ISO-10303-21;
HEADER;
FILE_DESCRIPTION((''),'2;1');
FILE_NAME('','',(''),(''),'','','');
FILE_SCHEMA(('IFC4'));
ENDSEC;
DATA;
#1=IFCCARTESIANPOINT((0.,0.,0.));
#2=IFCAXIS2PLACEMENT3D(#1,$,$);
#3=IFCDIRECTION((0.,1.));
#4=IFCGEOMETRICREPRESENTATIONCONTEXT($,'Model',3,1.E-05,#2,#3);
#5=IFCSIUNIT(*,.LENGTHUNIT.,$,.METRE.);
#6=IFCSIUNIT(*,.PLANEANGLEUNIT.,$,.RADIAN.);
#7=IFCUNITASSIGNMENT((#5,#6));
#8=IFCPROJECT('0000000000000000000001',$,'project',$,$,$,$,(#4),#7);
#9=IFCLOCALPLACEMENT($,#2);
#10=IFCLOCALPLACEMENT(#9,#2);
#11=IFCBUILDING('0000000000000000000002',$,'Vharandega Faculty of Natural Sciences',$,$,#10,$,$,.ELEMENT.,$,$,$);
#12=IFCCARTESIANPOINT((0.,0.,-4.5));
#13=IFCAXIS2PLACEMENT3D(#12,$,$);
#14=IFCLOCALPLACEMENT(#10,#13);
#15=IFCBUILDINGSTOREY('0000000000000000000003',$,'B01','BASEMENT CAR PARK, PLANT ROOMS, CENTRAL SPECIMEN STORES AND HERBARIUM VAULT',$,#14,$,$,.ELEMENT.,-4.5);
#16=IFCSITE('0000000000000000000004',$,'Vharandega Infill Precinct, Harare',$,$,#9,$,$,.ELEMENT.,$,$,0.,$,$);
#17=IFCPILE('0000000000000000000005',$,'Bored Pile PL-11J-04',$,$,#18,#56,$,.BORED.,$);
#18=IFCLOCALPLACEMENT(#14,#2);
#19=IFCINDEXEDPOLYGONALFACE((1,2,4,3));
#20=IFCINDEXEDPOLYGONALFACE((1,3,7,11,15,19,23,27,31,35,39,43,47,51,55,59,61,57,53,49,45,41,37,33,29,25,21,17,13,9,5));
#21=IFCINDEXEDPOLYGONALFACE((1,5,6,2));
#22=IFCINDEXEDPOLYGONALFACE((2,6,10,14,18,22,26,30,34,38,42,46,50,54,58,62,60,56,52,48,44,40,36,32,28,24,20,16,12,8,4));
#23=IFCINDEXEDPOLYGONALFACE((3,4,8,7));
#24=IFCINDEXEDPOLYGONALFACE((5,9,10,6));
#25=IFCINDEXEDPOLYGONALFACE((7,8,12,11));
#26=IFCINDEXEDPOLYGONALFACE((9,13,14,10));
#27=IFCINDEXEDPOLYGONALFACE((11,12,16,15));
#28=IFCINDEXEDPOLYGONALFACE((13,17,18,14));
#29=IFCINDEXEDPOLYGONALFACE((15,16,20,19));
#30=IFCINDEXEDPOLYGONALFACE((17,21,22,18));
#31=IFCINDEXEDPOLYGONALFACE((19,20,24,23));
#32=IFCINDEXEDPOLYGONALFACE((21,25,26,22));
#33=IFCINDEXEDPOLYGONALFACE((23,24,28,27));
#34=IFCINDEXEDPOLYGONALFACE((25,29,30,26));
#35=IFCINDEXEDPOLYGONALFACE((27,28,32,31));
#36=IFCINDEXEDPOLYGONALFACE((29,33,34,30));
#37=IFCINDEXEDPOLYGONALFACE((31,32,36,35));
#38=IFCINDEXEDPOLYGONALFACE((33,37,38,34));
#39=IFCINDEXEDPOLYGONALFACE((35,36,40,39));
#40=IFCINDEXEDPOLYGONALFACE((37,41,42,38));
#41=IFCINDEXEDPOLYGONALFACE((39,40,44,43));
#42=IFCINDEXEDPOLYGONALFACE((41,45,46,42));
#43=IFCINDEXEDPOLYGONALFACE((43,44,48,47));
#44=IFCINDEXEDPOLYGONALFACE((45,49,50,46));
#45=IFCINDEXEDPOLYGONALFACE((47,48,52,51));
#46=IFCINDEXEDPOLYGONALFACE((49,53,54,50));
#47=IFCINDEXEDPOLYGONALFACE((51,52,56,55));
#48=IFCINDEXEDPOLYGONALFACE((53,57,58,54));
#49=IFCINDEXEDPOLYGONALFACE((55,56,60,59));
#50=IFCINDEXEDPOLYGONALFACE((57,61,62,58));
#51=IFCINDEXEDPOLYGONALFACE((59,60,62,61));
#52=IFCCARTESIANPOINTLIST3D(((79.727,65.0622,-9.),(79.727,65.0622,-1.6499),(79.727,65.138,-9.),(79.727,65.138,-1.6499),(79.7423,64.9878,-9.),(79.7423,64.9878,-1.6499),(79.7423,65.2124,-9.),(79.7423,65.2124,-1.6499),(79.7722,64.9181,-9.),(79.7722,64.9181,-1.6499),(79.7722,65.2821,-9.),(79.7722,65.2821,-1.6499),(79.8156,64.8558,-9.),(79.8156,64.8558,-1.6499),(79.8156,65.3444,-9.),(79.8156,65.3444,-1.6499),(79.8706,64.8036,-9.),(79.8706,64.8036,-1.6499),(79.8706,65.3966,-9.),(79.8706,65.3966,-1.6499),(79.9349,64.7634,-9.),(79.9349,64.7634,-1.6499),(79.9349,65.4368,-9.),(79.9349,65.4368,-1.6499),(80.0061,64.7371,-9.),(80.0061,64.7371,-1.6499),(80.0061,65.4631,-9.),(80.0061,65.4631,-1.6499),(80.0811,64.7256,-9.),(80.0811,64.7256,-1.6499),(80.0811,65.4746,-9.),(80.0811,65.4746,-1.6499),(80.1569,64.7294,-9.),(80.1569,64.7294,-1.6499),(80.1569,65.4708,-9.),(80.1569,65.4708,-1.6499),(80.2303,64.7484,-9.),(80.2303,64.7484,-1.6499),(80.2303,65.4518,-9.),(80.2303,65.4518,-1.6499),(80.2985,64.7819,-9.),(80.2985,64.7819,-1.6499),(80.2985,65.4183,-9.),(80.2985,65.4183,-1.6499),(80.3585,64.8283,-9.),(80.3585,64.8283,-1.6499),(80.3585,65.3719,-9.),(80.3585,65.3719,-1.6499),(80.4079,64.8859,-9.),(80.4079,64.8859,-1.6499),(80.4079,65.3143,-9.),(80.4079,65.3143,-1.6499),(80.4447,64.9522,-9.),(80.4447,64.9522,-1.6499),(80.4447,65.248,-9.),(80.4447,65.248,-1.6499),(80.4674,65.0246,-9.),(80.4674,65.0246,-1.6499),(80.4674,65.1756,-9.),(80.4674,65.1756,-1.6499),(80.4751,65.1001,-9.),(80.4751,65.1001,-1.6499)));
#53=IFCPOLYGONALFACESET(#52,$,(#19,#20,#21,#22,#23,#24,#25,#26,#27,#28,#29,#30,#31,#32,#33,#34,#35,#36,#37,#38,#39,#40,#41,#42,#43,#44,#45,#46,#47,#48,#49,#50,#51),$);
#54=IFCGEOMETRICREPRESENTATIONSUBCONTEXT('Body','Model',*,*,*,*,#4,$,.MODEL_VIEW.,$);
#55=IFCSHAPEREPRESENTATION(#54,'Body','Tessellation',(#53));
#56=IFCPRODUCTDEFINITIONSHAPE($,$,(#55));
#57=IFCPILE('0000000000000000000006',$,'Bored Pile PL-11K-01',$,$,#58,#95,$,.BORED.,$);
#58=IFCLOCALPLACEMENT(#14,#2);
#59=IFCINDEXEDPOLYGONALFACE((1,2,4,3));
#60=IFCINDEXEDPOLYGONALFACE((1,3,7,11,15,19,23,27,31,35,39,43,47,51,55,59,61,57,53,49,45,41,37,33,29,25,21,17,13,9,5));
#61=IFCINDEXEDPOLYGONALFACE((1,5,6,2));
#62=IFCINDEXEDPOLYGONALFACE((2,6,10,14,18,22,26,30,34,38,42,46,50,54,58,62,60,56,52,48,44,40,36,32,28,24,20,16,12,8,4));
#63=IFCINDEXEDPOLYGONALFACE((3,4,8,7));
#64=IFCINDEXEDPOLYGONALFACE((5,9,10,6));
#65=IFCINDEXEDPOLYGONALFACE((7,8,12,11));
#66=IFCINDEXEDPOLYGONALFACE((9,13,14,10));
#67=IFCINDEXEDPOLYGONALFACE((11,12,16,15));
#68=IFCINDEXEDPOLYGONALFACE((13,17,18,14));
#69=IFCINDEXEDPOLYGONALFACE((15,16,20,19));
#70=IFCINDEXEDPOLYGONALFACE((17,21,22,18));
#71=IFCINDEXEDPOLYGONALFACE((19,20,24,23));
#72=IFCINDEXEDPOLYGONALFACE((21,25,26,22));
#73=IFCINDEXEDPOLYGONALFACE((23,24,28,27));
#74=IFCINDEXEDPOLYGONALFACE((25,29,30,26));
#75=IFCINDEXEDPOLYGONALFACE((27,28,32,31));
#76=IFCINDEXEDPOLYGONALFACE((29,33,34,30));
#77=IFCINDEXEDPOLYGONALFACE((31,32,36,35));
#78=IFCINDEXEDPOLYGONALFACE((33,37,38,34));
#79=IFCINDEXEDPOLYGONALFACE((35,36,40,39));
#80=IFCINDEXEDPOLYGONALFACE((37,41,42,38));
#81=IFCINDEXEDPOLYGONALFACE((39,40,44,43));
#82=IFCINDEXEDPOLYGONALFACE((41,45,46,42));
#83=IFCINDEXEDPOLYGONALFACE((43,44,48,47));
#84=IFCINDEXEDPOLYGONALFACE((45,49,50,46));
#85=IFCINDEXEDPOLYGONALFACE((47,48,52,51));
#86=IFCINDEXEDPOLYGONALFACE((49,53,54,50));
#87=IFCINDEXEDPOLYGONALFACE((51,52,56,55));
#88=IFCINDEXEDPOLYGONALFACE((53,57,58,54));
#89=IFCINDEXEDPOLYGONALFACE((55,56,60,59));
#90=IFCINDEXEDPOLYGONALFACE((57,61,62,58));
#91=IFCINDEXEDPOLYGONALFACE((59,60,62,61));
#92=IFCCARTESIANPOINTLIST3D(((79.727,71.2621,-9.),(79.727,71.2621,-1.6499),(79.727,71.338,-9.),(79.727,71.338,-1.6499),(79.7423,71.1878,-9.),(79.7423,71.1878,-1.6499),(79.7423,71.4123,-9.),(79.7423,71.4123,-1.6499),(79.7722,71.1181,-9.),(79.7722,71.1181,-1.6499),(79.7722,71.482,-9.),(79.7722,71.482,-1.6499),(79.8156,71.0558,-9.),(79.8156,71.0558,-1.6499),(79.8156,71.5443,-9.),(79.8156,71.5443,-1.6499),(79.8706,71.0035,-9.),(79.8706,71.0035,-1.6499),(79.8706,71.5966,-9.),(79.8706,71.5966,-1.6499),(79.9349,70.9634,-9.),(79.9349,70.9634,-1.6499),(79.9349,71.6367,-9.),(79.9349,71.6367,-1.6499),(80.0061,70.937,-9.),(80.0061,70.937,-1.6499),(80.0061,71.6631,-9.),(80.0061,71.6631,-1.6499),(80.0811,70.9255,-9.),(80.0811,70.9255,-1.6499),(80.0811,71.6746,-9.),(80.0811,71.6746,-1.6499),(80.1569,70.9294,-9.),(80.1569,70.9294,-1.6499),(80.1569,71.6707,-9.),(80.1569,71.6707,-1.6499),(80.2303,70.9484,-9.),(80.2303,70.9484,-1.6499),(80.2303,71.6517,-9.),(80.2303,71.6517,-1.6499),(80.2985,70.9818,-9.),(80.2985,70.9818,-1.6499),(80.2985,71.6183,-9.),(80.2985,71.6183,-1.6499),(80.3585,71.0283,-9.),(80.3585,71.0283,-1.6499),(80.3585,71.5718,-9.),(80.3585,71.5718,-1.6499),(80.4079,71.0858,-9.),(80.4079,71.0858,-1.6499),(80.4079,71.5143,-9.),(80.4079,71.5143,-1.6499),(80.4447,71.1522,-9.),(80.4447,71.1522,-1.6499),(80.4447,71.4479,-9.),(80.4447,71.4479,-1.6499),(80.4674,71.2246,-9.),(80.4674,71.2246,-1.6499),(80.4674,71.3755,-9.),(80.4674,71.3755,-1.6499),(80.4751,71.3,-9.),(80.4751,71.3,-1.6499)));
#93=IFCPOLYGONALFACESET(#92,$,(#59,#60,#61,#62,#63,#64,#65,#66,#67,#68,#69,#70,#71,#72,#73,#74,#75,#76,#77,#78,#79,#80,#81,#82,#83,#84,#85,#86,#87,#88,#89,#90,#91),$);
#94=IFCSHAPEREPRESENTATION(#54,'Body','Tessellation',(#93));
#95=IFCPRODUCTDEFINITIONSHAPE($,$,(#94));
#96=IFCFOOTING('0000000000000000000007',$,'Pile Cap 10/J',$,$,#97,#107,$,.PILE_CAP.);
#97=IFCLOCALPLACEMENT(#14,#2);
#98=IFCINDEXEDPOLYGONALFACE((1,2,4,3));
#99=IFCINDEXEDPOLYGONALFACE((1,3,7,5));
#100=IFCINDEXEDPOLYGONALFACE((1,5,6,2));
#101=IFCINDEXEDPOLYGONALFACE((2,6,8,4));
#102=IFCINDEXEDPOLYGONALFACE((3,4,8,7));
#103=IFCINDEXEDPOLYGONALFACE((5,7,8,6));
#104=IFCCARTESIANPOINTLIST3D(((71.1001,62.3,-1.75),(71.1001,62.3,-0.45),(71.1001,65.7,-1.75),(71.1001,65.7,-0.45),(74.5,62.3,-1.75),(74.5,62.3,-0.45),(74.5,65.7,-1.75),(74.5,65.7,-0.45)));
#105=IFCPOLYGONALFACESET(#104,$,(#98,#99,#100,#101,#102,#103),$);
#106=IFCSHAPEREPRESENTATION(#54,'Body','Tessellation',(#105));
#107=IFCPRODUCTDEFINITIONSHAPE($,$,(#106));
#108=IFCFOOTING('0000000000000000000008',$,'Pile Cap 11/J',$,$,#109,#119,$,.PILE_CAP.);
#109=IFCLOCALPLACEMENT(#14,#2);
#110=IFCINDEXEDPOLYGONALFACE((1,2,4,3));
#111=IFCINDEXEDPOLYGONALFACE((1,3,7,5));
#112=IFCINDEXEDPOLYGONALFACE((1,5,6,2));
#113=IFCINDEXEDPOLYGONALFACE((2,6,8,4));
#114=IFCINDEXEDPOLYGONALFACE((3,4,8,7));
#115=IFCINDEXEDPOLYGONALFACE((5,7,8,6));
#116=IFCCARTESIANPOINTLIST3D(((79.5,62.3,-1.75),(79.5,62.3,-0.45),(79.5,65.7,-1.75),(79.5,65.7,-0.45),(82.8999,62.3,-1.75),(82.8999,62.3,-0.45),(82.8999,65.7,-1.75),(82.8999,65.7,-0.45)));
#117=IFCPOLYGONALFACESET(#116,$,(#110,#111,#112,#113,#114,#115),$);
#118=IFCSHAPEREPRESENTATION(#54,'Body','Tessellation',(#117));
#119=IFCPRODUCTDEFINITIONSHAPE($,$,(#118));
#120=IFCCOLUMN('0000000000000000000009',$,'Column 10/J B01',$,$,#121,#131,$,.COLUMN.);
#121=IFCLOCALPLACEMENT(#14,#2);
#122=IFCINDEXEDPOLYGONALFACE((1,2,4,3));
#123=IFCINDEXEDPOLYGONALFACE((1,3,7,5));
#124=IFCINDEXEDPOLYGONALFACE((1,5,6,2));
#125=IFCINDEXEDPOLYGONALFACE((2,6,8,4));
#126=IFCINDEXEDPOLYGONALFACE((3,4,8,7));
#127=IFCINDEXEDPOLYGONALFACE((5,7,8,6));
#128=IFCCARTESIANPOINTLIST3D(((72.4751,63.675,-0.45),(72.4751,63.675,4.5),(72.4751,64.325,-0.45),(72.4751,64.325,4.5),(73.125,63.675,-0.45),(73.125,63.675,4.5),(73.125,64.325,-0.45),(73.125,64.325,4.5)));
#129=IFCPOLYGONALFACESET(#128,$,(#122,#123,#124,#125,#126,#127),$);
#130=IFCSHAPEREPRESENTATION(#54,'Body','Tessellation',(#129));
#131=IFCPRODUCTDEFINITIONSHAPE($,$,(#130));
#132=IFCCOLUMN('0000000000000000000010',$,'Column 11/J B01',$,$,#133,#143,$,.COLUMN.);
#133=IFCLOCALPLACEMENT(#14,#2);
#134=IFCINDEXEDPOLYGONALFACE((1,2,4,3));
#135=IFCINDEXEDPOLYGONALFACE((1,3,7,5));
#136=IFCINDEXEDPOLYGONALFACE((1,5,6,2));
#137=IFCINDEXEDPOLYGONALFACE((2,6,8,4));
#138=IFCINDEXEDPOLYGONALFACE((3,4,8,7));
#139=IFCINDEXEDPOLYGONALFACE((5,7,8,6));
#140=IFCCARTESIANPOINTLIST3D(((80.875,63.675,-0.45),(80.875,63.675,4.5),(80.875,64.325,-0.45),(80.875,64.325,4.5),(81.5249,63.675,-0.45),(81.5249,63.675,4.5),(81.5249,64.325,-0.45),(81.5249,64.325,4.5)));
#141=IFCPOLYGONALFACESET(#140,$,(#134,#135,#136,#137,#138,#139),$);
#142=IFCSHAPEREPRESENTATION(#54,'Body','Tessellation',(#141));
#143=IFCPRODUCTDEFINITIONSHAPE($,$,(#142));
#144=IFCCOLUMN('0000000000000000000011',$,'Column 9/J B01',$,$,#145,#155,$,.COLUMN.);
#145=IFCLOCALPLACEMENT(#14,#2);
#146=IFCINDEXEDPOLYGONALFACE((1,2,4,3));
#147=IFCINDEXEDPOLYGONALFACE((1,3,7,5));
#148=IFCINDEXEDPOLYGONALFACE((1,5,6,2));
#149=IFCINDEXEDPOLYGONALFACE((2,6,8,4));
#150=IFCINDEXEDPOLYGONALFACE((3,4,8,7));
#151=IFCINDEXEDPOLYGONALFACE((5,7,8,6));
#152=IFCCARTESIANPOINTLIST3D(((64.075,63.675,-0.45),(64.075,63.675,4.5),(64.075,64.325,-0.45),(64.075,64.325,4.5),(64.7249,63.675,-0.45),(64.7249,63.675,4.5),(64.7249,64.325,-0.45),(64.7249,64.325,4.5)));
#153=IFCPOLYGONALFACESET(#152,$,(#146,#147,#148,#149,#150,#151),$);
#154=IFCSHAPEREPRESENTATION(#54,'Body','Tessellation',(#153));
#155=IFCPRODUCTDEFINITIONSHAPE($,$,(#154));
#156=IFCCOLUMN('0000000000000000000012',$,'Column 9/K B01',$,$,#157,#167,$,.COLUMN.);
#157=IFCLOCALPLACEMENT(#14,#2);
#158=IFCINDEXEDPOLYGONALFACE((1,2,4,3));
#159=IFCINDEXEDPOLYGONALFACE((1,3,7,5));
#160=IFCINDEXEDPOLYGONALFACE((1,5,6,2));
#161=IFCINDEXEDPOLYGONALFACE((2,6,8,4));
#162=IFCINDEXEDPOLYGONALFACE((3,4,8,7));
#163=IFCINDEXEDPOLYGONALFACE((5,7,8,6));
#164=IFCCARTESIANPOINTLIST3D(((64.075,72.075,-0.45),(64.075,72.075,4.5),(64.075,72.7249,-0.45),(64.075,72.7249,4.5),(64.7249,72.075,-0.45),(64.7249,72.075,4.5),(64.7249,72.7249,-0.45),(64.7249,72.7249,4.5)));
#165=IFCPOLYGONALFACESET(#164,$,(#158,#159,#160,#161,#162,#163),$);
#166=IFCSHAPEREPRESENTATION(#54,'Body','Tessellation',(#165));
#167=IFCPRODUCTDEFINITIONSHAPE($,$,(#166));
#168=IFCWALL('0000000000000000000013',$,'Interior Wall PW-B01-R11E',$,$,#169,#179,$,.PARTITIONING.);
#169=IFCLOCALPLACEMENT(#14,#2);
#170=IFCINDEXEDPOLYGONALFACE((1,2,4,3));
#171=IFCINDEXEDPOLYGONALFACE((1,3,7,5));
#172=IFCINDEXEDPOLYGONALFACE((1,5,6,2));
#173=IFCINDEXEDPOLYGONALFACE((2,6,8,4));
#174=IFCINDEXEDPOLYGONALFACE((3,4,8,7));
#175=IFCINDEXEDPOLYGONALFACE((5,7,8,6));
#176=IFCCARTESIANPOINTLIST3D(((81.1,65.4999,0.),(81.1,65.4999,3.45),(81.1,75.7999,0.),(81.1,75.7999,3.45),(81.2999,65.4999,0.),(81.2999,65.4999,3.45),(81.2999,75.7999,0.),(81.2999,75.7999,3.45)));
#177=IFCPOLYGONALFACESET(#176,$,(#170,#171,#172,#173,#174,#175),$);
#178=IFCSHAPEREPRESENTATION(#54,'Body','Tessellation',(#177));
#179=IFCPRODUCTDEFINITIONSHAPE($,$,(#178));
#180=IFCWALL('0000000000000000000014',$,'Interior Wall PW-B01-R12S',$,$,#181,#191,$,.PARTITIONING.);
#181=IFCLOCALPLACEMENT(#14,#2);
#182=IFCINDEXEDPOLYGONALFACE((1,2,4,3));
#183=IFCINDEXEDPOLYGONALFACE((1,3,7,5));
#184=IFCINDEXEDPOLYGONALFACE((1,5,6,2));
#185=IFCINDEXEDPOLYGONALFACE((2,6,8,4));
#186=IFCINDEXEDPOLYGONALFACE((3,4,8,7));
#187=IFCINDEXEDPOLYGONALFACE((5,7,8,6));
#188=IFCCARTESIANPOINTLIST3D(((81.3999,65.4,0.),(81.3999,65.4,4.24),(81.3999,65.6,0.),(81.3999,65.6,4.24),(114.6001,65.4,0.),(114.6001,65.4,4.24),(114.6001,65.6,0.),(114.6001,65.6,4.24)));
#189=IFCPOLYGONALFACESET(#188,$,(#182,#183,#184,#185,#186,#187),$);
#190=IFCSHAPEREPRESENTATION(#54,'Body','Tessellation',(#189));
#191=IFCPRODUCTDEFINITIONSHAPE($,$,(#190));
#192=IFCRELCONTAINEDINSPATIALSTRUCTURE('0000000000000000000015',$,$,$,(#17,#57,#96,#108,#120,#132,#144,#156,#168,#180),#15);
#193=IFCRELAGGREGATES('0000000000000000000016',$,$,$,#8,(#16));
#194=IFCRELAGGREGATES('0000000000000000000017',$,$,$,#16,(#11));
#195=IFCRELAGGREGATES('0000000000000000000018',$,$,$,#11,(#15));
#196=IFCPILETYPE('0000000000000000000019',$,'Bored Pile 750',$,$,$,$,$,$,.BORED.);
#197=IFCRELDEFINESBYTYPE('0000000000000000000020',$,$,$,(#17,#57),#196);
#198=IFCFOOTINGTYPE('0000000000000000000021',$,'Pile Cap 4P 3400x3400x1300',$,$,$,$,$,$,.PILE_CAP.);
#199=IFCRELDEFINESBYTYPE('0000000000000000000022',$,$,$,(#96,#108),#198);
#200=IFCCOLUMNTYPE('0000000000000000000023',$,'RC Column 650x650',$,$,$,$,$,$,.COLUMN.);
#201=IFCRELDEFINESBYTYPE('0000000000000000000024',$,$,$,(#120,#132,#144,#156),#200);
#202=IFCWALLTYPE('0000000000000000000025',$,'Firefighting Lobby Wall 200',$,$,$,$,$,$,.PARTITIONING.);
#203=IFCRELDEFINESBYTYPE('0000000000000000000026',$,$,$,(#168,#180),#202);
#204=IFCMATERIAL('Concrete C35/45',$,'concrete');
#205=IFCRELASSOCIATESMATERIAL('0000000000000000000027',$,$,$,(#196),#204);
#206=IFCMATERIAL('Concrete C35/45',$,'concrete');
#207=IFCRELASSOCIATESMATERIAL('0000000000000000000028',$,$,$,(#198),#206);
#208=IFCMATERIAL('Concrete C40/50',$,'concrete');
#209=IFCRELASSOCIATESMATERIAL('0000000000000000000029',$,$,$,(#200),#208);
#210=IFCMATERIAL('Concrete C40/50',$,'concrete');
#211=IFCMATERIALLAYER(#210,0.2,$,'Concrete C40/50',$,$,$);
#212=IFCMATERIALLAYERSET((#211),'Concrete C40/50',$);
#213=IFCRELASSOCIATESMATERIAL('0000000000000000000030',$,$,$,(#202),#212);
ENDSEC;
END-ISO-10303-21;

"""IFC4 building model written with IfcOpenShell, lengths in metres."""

from ifc_helpers import new_model, si_unit, direction, frame, frame_2d, origin, origin_2d, place, context, subcontext, project, spatial, rectangle, circle, extrude, material, layer, layer_set, material_profile, profile_set, type_object, element, save


model = new_model("IFC4")

# Units and contexts
model_context = context("Model", 3, precision=1e-05, world=origin(), true_north=direction((0.0, 1.0)))
body_context = subcontext(model_context, "Body", "Model", "MODEL_VIEW")
ifc_project = project(units=[si_unit("LENGTHUNIT", "METRE"), si_unit("PLANEANGLEUNIT", "RADIAN")], contexts=[model_context])

# Site, building, storey
site_placement = place(None, origin())
site = spatial("IfcSite", under=ifc_project, at=site_placement, Name="Vharandega Infill Precinct, Harare", CompositionType="ELEMENT", RefElevation=0.0)
building_placement = place(site_placement, origin())
building = spatial("IfcBuilding", under=site, at=building_placement, Name="Vharandega Faculty of Natural Sciences", CompositionType="ELEMENT")
storey_placement = place(building_placement, frame((0.0, 0.0, -4.5)))
storey = spatial("IfcBuildingStorey", under=building, at=storey_placement, Name="B01", Description="BASEMENT CAR PARK, PLANT ROOMS, CENTRAL SPECIMEN STORES AND HERBARIUM VAULT", CompositionType="ELEMENT", Elevation=-4.5)

# Piles
ifc_material_1 = material(Name="Concrete C35/45", Category="concrete")
ifc_material_profile_1 = material_profile(ifc_material_1, circle(Radius=0.375, at=origin_2d()), Name="PILE 750")
ifc_profile_set_1 = profile_set([ifc_material_profile_1], Name="Concrete C35/45")
pile_type = type_object("IfcPileType", Name="Bored Pile 750", PredefinedType="BORED", material=ifc_profile_set_1)
for number, where, z_axis, x_axis, name in (
    (1, (80.1001, 65.1001, -1.6499), (0.0, 0.0, -1.0), (1.0, 0.0, 0.0), "Bored Pile PL-11J-04"),
    (2, (80.1001, 71.3, -1.6499), (0.0, 0.0, -1.0), (1.0, 0.0, 0.0), "Bored Pile PL-11K-01"),
):
    element("IfcPile", number, at=place(storey_placement, frame(where, z_axis=z_axis, x_axis=x_axis)), inside=storey, type_object=pile_type, Name=name, PredefinedType="BORED", context=body_context, shape_type="SweptSolid", body=[
        extrude(circle(Radius=0.375, at=origin_2d()), origin(), (0.0, 0.0, 1.0), 7.3501),
    ])

# Footings
ifc_material_2 = material(Name="Concrete C35/45", Category="concrete")
footing_type = type_object("IfcFootingType", Name="Pile Cap 4P 3400x3400x1300", PredefinedType="PILE_CAP", material=ifc_material_2)
for number, where, z_axis, x_axis, name in (
    (3, (72.8, 64.0, -1.75), (0.0, 0.0, 1.0), (1.0, 0.0, 0.0), "Pile Cap 10/J"),
    (4, (81.2, 64.0, -1.75), (0.0, 0.0, 1.0), (1.0, 0.0, 0.0), "Pile Cap 11/J"),
):
    element("IfcFooting", number, at=place(storey_placement, frame(where, z_axis=z_axis, x_axis=x_axis)), inside=storey, type_object=footing_type, Name=name, PredefinedType="PILE_CAP", context=body_context, shape_type="SweptSolid", body=[
        extrude(rectangle(XDim=3.3999, YDim=3.3999, at=origin_2d()), origin(), (0.0, 0.0, 1.0), 1.3),
    ])

# Columns
ifc_material_3 = material(Name="Concrete C40/50", Category="concrete")
ifc_material_profile_2 = material_profile(ifc_material_3, rectangle(XDim=0.6499, YDim=0.6499, at=origin_2d()), Name="RC 650x650")
ifc_profile_set_2 = profile_set([ifc_material_profile_2], Name="Concrete C40/50")
column_type = type_object("IfcColumnType", Name="RC Column 650x650", PredefinedType="COLUMN", material=ifc_profile_set_2)
for number, where, z_axis, x_axis, name in (
    (5, (72.8, 64.0, -0.45), (0.0, 0.0, 1.0), (1.0, 0.0, 0.0), "Column 10/J B01"),
    (6, (81.2, 64.0, -0.45), (0.0, 0.0, 1.0), (1.0, 0.0, 0.0), "Column 11/J B01"),
    (7, (64.3999, 64.0, -0.45), (0.0, 0.0, 1.0), (1.0, 0.0, 0.0), "Column 9/J B01"),
    (8, (64.3999, 72.3999, -0.45), (0.0, 0.0, 1.0), (1.0, 0.0, 0.0), "Column 9/K B01"),
):
    element("IfcColumn", number, at=place(storey_placement, frame(where, z_axis=z_axis, x_axis=x_axis)), inside=storey, type_object=column_type, Name=name, PredefinedType="COLUMN", context=body_context, shape_type="SweptSolid", body=[
        extrude(rectangle(XDim=0.6499, YDim=0.6499, at=origin_2d()), origin(), (0.0, 0.0, 1.0), 4.95),
    ])

# Walls
ifc_material_4 = material(Name="Concrete C40/50", Category="concrete")
ifc_layer = layer(ifc_material_4, 0.2, Name="Concrete C40/50")
ifc_layer_set = layer_set([ifc_layer], Name="Concrete C40/50")
wall_type = type_object("IfcWallType", Name="Firefighting Lobby Wall 200", PredefinedType="PARTITIONING", material=ifc_layer_set)
wall_1_placement = place(storey_placement, frame((81.2, 65.5, 0.0), z_axis=(0.0, 0.0, 1.0), x_axis=(0.0, 1.0, 0.0)))
element("IfcWall", 9, at=wall_1_placement, inside=storey, type_object=wall_type, Name="Interior Wall PW-B01-R11E", PredefinedType="PARTITIONING", context=body_context, shape_type="SweptSolid", body=[
    extrude(rectangle(XDim=10.3, YDim=0.2, at=frame_2d((5.1499, 0.0))), origin(), (0.0, 0.0, 1.0), 3.45),
])
wall_2_placement = place(storey_placement, frame((81.3999, 65.5, 0.0), z_axis=(0.0, 0.0, 1.0), x_axis=(1.0, 0.0, 0.0)))
element("IfcWall", 10, at=wall_2_placement, inside=storey, type_object=wall_type, Name="Interior Wall PW-B01-R12S", PredefinedType="PARTITIONING", context=body_context, shape_type="SweptSolid", body=[
    extrude(rectangle(XDim=33.2002, YDim=0.2, at=frame_2d((16.6001, 0.0))), origin(), (0.0, 0.0, 1.0), 4.24),
])

save(model, "model.ifc")
